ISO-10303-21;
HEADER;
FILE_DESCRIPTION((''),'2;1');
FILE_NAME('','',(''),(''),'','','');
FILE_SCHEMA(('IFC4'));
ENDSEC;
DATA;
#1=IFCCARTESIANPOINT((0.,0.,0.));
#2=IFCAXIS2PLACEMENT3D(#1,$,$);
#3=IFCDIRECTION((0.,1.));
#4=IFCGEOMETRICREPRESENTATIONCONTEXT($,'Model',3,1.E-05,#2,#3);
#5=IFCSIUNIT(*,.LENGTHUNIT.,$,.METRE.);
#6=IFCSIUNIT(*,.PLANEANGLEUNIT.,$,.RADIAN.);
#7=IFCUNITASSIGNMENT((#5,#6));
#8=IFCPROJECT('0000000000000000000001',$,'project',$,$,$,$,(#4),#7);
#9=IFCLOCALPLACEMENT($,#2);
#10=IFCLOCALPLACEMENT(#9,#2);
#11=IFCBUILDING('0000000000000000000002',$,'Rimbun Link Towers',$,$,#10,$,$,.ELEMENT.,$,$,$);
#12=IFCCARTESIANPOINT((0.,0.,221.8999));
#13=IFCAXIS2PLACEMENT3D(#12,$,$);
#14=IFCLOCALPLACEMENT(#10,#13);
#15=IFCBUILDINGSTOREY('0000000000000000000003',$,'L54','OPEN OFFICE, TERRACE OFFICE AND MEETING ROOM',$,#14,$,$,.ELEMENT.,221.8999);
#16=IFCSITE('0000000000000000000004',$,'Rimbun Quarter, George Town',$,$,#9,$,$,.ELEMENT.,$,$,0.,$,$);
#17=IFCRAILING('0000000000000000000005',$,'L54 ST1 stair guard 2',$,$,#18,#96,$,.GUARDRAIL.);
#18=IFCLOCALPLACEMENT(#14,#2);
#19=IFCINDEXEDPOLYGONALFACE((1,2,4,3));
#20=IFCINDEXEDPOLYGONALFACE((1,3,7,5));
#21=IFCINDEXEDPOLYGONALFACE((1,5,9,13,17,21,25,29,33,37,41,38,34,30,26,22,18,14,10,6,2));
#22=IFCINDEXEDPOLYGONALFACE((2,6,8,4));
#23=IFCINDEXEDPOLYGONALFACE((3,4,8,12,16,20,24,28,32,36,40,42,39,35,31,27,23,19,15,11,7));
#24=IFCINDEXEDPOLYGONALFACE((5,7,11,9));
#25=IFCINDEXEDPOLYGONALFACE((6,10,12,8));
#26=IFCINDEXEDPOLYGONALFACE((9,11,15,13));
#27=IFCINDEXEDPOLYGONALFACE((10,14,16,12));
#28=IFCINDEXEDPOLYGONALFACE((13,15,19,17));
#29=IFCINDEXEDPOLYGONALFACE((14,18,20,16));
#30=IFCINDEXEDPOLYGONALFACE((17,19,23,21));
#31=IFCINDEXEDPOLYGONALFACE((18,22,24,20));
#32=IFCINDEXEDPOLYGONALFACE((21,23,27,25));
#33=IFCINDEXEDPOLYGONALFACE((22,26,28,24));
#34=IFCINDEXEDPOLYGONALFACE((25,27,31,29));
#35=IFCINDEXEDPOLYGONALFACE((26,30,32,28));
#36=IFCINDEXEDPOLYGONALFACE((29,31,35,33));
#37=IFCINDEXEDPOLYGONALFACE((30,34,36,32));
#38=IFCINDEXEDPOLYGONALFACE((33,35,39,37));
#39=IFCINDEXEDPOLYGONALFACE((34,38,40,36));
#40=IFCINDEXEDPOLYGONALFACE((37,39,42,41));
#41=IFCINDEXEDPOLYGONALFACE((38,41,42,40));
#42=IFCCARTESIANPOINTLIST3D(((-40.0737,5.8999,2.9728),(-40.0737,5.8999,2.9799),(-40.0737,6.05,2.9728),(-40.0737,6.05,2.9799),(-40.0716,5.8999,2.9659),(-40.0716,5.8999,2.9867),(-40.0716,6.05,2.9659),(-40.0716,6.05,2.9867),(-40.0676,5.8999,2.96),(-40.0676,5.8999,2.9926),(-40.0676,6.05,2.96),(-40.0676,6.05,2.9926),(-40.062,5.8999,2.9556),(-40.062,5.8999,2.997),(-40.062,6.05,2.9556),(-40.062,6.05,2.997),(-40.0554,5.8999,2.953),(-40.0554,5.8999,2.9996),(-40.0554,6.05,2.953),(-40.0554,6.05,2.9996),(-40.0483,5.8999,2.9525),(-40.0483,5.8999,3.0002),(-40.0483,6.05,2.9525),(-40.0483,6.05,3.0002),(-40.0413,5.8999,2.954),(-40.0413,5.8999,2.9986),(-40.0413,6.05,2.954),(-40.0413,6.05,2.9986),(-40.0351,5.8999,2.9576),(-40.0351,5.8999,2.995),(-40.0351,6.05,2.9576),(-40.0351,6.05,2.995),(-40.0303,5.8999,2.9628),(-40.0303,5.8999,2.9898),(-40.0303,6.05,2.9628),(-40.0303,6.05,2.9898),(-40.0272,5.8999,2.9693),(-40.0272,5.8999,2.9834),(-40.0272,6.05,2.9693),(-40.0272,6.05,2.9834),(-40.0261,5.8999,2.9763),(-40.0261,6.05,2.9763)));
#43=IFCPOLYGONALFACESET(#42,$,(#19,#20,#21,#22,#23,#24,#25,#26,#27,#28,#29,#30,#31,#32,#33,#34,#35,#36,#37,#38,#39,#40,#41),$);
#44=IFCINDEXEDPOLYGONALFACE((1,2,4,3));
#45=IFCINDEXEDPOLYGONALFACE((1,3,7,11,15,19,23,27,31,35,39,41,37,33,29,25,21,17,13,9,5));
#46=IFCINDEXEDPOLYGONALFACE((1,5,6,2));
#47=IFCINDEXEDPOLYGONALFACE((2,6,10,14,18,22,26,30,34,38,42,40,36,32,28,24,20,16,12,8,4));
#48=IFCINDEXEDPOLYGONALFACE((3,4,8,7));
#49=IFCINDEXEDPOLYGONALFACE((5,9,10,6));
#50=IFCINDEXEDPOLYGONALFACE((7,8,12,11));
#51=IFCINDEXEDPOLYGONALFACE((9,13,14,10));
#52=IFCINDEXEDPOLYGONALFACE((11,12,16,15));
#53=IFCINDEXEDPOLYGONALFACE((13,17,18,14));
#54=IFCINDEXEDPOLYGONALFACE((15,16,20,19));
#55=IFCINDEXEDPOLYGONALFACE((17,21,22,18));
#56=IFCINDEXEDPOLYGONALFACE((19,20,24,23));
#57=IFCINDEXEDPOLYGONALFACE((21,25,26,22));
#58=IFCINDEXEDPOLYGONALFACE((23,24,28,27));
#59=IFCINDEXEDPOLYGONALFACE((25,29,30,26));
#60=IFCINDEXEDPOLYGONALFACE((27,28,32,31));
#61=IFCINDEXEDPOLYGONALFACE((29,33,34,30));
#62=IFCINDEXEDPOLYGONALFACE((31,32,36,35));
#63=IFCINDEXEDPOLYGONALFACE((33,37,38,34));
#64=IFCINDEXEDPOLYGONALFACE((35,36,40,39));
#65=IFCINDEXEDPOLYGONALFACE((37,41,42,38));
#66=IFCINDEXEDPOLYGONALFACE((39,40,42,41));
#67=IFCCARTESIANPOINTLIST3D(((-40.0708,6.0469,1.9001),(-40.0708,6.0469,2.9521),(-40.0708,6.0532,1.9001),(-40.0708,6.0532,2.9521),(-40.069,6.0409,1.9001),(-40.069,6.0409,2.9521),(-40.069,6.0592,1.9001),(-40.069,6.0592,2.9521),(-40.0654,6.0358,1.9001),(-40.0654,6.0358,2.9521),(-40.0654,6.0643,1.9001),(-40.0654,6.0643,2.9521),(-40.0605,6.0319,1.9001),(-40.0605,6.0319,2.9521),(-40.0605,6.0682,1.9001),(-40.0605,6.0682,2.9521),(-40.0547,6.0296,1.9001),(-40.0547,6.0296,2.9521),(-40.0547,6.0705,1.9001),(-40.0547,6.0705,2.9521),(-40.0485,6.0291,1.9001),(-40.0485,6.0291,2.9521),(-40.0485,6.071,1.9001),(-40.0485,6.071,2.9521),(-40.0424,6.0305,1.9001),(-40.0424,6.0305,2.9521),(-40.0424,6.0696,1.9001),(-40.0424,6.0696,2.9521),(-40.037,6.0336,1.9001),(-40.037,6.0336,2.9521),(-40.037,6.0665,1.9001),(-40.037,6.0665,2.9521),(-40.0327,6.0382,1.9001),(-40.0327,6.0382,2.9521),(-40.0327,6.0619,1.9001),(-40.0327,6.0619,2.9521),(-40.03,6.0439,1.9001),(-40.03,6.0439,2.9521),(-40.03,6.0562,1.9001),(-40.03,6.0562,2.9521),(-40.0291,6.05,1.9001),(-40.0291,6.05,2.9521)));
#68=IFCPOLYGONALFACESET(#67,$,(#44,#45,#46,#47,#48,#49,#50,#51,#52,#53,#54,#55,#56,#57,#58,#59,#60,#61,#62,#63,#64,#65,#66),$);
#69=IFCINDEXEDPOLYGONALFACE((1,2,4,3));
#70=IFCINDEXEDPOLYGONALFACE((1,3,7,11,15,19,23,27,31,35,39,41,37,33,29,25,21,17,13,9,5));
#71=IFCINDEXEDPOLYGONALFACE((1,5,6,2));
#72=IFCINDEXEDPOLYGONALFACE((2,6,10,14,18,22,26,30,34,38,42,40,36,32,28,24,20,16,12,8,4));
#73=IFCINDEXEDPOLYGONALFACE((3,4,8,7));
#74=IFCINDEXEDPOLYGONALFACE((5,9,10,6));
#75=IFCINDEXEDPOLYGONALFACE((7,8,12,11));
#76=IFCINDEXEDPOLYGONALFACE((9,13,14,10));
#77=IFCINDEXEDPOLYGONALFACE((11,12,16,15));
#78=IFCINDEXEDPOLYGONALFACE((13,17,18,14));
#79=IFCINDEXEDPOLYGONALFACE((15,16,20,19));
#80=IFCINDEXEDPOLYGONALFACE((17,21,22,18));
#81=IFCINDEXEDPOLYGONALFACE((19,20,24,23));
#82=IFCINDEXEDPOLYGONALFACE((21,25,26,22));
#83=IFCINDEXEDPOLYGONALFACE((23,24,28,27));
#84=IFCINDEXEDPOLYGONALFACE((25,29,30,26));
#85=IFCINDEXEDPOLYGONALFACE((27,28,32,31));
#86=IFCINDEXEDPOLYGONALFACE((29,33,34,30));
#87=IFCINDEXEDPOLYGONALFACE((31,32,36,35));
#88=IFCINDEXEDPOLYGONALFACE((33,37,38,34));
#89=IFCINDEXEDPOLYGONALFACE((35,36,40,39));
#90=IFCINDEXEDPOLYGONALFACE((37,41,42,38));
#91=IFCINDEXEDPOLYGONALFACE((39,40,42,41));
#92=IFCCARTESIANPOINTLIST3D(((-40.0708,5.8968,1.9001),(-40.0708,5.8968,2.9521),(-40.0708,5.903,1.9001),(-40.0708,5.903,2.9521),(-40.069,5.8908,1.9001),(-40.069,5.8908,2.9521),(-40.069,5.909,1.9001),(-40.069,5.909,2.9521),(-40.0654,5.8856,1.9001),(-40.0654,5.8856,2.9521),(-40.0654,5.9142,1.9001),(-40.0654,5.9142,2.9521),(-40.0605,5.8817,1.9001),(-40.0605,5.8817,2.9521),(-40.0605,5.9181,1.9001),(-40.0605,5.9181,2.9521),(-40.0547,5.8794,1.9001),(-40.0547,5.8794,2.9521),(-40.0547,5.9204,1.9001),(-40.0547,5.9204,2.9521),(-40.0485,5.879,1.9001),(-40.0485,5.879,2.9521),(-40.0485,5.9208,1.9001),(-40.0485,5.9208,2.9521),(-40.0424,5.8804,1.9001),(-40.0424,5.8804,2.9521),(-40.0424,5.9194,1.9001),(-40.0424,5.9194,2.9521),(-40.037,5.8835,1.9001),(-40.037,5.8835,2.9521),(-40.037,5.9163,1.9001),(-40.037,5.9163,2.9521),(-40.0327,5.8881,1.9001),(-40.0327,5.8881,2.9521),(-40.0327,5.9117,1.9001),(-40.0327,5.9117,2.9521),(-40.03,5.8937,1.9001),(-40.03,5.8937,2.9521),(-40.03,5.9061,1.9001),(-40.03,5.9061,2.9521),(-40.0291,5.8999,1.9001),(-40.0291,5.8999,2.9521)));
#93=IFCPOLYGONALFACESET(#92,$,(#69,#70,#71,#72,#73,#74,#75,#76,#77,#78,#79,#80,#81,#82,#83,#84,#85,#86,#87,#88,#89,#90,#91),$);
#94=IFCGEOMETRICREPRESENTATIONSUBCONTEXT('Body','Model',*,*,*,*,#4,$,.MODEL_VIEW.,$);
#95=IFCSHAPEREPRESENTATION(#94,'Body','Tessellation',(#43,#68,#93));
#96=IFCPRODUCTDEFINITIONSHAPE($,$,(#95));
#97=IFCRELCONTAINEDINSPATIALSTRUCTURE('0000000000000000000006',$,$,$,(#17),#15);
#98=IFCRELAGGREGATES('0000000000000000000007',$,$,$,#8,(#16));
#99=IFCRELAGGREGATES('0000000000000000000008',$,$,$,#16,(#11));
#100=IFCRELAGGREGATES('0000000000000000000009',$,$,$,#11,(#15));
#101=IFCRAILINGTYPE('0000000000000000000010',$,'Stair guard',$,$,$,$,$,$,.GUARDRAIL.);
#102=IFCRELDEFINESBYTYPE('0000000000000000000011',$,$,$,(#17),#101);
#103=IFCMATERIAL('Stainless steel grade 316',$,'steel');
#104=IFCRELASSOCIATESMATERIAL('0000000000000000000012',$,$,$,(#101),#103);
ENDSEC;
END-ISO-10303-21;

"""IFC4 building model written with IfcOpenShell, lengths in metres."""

from ifc_helpers import new_model, si_unit, direction, frame, origin, origin_2d, place, context, subcontext, project, spatial, circle, extrude, material, type_object, element, save


model = new_model("IFC4")

# Units and contexts
model_context = context("Model", 3, precision=1e-05, world=origin(), true_north=direction((0.0, 1.0)))
body_context = subcontext(model_context, "Body", "Model", "MODEL_VIEW")
ifc_project = project(units=[si_unit("LENGTHUNIT", "METRE"), si_unit("PLANEANGLEUNIT", "RADIAN")], contexts=[model_context])

# Site, building, storey
site_placement = place(None, origin())
site = spatial("IfcSite", under=ifc_project, at=site_placement, Name="Rimbun Quarter, George Town", CompositionType="ELEMENT", RefElevation=0.0)
building_placement = place(site_placement, origin())
building = spatial("IfcBuilding", under=site, at=building_placement, Name="Rimbun Link Towers", CompositionType="ELEMENT")
storey_placement = place(building_placement, frame((0.0, 0.0, 221.8999)))
storey = spatial("IfcBuildingStorey", under=building, at=storey_placement, Name="L54", Description="OPEN OFFICE, TERRACE OFFICE AND MEETING ROOM", CompositionType="ELEMENT", Elevation=221.8999)

# Railing
ifc_material_1 = material(Name="Stainless steel grade 316", Category="steel")
railing_type_1 = type_object("IfcRailingType", Name="Stair guard", PredefinedType="GUARDRAIL", material=ifc_material_1)
railing_1_placement = place(storey_placement, frame((-40.05, 6.05, 1.9001)))
element("IfcRailing", 1, at=railing_1_placement, inside=storey, type_object=railing_type_1, Name="L54 ST1 stair guard 2", PredefinedType="GUARDRAIL", context=body_context, shape_type="SweptSolid", body=[
    extrude(circle(Radius=0.0239, at=origin_2d()), frame((0.0, 0.0, 1.0762), z_axis=(0.0, -1.0, 0.0), x_axis=(1.0, 0.0, 0.0)), (0.0, 0.0, 1.0), 0.1501),
    extrude(circle(Radius=0.021, at=origin_2d()), origin(), (0.0, 0.0, 1.0), 1.052),
    extrude(circle(Radius=0.021, at=origin_2d()), frame((0.0, -0.1501, 0.0)), (0.0, 0.0, 1.0), 1.052),
])

save(model, "model.ifc")
